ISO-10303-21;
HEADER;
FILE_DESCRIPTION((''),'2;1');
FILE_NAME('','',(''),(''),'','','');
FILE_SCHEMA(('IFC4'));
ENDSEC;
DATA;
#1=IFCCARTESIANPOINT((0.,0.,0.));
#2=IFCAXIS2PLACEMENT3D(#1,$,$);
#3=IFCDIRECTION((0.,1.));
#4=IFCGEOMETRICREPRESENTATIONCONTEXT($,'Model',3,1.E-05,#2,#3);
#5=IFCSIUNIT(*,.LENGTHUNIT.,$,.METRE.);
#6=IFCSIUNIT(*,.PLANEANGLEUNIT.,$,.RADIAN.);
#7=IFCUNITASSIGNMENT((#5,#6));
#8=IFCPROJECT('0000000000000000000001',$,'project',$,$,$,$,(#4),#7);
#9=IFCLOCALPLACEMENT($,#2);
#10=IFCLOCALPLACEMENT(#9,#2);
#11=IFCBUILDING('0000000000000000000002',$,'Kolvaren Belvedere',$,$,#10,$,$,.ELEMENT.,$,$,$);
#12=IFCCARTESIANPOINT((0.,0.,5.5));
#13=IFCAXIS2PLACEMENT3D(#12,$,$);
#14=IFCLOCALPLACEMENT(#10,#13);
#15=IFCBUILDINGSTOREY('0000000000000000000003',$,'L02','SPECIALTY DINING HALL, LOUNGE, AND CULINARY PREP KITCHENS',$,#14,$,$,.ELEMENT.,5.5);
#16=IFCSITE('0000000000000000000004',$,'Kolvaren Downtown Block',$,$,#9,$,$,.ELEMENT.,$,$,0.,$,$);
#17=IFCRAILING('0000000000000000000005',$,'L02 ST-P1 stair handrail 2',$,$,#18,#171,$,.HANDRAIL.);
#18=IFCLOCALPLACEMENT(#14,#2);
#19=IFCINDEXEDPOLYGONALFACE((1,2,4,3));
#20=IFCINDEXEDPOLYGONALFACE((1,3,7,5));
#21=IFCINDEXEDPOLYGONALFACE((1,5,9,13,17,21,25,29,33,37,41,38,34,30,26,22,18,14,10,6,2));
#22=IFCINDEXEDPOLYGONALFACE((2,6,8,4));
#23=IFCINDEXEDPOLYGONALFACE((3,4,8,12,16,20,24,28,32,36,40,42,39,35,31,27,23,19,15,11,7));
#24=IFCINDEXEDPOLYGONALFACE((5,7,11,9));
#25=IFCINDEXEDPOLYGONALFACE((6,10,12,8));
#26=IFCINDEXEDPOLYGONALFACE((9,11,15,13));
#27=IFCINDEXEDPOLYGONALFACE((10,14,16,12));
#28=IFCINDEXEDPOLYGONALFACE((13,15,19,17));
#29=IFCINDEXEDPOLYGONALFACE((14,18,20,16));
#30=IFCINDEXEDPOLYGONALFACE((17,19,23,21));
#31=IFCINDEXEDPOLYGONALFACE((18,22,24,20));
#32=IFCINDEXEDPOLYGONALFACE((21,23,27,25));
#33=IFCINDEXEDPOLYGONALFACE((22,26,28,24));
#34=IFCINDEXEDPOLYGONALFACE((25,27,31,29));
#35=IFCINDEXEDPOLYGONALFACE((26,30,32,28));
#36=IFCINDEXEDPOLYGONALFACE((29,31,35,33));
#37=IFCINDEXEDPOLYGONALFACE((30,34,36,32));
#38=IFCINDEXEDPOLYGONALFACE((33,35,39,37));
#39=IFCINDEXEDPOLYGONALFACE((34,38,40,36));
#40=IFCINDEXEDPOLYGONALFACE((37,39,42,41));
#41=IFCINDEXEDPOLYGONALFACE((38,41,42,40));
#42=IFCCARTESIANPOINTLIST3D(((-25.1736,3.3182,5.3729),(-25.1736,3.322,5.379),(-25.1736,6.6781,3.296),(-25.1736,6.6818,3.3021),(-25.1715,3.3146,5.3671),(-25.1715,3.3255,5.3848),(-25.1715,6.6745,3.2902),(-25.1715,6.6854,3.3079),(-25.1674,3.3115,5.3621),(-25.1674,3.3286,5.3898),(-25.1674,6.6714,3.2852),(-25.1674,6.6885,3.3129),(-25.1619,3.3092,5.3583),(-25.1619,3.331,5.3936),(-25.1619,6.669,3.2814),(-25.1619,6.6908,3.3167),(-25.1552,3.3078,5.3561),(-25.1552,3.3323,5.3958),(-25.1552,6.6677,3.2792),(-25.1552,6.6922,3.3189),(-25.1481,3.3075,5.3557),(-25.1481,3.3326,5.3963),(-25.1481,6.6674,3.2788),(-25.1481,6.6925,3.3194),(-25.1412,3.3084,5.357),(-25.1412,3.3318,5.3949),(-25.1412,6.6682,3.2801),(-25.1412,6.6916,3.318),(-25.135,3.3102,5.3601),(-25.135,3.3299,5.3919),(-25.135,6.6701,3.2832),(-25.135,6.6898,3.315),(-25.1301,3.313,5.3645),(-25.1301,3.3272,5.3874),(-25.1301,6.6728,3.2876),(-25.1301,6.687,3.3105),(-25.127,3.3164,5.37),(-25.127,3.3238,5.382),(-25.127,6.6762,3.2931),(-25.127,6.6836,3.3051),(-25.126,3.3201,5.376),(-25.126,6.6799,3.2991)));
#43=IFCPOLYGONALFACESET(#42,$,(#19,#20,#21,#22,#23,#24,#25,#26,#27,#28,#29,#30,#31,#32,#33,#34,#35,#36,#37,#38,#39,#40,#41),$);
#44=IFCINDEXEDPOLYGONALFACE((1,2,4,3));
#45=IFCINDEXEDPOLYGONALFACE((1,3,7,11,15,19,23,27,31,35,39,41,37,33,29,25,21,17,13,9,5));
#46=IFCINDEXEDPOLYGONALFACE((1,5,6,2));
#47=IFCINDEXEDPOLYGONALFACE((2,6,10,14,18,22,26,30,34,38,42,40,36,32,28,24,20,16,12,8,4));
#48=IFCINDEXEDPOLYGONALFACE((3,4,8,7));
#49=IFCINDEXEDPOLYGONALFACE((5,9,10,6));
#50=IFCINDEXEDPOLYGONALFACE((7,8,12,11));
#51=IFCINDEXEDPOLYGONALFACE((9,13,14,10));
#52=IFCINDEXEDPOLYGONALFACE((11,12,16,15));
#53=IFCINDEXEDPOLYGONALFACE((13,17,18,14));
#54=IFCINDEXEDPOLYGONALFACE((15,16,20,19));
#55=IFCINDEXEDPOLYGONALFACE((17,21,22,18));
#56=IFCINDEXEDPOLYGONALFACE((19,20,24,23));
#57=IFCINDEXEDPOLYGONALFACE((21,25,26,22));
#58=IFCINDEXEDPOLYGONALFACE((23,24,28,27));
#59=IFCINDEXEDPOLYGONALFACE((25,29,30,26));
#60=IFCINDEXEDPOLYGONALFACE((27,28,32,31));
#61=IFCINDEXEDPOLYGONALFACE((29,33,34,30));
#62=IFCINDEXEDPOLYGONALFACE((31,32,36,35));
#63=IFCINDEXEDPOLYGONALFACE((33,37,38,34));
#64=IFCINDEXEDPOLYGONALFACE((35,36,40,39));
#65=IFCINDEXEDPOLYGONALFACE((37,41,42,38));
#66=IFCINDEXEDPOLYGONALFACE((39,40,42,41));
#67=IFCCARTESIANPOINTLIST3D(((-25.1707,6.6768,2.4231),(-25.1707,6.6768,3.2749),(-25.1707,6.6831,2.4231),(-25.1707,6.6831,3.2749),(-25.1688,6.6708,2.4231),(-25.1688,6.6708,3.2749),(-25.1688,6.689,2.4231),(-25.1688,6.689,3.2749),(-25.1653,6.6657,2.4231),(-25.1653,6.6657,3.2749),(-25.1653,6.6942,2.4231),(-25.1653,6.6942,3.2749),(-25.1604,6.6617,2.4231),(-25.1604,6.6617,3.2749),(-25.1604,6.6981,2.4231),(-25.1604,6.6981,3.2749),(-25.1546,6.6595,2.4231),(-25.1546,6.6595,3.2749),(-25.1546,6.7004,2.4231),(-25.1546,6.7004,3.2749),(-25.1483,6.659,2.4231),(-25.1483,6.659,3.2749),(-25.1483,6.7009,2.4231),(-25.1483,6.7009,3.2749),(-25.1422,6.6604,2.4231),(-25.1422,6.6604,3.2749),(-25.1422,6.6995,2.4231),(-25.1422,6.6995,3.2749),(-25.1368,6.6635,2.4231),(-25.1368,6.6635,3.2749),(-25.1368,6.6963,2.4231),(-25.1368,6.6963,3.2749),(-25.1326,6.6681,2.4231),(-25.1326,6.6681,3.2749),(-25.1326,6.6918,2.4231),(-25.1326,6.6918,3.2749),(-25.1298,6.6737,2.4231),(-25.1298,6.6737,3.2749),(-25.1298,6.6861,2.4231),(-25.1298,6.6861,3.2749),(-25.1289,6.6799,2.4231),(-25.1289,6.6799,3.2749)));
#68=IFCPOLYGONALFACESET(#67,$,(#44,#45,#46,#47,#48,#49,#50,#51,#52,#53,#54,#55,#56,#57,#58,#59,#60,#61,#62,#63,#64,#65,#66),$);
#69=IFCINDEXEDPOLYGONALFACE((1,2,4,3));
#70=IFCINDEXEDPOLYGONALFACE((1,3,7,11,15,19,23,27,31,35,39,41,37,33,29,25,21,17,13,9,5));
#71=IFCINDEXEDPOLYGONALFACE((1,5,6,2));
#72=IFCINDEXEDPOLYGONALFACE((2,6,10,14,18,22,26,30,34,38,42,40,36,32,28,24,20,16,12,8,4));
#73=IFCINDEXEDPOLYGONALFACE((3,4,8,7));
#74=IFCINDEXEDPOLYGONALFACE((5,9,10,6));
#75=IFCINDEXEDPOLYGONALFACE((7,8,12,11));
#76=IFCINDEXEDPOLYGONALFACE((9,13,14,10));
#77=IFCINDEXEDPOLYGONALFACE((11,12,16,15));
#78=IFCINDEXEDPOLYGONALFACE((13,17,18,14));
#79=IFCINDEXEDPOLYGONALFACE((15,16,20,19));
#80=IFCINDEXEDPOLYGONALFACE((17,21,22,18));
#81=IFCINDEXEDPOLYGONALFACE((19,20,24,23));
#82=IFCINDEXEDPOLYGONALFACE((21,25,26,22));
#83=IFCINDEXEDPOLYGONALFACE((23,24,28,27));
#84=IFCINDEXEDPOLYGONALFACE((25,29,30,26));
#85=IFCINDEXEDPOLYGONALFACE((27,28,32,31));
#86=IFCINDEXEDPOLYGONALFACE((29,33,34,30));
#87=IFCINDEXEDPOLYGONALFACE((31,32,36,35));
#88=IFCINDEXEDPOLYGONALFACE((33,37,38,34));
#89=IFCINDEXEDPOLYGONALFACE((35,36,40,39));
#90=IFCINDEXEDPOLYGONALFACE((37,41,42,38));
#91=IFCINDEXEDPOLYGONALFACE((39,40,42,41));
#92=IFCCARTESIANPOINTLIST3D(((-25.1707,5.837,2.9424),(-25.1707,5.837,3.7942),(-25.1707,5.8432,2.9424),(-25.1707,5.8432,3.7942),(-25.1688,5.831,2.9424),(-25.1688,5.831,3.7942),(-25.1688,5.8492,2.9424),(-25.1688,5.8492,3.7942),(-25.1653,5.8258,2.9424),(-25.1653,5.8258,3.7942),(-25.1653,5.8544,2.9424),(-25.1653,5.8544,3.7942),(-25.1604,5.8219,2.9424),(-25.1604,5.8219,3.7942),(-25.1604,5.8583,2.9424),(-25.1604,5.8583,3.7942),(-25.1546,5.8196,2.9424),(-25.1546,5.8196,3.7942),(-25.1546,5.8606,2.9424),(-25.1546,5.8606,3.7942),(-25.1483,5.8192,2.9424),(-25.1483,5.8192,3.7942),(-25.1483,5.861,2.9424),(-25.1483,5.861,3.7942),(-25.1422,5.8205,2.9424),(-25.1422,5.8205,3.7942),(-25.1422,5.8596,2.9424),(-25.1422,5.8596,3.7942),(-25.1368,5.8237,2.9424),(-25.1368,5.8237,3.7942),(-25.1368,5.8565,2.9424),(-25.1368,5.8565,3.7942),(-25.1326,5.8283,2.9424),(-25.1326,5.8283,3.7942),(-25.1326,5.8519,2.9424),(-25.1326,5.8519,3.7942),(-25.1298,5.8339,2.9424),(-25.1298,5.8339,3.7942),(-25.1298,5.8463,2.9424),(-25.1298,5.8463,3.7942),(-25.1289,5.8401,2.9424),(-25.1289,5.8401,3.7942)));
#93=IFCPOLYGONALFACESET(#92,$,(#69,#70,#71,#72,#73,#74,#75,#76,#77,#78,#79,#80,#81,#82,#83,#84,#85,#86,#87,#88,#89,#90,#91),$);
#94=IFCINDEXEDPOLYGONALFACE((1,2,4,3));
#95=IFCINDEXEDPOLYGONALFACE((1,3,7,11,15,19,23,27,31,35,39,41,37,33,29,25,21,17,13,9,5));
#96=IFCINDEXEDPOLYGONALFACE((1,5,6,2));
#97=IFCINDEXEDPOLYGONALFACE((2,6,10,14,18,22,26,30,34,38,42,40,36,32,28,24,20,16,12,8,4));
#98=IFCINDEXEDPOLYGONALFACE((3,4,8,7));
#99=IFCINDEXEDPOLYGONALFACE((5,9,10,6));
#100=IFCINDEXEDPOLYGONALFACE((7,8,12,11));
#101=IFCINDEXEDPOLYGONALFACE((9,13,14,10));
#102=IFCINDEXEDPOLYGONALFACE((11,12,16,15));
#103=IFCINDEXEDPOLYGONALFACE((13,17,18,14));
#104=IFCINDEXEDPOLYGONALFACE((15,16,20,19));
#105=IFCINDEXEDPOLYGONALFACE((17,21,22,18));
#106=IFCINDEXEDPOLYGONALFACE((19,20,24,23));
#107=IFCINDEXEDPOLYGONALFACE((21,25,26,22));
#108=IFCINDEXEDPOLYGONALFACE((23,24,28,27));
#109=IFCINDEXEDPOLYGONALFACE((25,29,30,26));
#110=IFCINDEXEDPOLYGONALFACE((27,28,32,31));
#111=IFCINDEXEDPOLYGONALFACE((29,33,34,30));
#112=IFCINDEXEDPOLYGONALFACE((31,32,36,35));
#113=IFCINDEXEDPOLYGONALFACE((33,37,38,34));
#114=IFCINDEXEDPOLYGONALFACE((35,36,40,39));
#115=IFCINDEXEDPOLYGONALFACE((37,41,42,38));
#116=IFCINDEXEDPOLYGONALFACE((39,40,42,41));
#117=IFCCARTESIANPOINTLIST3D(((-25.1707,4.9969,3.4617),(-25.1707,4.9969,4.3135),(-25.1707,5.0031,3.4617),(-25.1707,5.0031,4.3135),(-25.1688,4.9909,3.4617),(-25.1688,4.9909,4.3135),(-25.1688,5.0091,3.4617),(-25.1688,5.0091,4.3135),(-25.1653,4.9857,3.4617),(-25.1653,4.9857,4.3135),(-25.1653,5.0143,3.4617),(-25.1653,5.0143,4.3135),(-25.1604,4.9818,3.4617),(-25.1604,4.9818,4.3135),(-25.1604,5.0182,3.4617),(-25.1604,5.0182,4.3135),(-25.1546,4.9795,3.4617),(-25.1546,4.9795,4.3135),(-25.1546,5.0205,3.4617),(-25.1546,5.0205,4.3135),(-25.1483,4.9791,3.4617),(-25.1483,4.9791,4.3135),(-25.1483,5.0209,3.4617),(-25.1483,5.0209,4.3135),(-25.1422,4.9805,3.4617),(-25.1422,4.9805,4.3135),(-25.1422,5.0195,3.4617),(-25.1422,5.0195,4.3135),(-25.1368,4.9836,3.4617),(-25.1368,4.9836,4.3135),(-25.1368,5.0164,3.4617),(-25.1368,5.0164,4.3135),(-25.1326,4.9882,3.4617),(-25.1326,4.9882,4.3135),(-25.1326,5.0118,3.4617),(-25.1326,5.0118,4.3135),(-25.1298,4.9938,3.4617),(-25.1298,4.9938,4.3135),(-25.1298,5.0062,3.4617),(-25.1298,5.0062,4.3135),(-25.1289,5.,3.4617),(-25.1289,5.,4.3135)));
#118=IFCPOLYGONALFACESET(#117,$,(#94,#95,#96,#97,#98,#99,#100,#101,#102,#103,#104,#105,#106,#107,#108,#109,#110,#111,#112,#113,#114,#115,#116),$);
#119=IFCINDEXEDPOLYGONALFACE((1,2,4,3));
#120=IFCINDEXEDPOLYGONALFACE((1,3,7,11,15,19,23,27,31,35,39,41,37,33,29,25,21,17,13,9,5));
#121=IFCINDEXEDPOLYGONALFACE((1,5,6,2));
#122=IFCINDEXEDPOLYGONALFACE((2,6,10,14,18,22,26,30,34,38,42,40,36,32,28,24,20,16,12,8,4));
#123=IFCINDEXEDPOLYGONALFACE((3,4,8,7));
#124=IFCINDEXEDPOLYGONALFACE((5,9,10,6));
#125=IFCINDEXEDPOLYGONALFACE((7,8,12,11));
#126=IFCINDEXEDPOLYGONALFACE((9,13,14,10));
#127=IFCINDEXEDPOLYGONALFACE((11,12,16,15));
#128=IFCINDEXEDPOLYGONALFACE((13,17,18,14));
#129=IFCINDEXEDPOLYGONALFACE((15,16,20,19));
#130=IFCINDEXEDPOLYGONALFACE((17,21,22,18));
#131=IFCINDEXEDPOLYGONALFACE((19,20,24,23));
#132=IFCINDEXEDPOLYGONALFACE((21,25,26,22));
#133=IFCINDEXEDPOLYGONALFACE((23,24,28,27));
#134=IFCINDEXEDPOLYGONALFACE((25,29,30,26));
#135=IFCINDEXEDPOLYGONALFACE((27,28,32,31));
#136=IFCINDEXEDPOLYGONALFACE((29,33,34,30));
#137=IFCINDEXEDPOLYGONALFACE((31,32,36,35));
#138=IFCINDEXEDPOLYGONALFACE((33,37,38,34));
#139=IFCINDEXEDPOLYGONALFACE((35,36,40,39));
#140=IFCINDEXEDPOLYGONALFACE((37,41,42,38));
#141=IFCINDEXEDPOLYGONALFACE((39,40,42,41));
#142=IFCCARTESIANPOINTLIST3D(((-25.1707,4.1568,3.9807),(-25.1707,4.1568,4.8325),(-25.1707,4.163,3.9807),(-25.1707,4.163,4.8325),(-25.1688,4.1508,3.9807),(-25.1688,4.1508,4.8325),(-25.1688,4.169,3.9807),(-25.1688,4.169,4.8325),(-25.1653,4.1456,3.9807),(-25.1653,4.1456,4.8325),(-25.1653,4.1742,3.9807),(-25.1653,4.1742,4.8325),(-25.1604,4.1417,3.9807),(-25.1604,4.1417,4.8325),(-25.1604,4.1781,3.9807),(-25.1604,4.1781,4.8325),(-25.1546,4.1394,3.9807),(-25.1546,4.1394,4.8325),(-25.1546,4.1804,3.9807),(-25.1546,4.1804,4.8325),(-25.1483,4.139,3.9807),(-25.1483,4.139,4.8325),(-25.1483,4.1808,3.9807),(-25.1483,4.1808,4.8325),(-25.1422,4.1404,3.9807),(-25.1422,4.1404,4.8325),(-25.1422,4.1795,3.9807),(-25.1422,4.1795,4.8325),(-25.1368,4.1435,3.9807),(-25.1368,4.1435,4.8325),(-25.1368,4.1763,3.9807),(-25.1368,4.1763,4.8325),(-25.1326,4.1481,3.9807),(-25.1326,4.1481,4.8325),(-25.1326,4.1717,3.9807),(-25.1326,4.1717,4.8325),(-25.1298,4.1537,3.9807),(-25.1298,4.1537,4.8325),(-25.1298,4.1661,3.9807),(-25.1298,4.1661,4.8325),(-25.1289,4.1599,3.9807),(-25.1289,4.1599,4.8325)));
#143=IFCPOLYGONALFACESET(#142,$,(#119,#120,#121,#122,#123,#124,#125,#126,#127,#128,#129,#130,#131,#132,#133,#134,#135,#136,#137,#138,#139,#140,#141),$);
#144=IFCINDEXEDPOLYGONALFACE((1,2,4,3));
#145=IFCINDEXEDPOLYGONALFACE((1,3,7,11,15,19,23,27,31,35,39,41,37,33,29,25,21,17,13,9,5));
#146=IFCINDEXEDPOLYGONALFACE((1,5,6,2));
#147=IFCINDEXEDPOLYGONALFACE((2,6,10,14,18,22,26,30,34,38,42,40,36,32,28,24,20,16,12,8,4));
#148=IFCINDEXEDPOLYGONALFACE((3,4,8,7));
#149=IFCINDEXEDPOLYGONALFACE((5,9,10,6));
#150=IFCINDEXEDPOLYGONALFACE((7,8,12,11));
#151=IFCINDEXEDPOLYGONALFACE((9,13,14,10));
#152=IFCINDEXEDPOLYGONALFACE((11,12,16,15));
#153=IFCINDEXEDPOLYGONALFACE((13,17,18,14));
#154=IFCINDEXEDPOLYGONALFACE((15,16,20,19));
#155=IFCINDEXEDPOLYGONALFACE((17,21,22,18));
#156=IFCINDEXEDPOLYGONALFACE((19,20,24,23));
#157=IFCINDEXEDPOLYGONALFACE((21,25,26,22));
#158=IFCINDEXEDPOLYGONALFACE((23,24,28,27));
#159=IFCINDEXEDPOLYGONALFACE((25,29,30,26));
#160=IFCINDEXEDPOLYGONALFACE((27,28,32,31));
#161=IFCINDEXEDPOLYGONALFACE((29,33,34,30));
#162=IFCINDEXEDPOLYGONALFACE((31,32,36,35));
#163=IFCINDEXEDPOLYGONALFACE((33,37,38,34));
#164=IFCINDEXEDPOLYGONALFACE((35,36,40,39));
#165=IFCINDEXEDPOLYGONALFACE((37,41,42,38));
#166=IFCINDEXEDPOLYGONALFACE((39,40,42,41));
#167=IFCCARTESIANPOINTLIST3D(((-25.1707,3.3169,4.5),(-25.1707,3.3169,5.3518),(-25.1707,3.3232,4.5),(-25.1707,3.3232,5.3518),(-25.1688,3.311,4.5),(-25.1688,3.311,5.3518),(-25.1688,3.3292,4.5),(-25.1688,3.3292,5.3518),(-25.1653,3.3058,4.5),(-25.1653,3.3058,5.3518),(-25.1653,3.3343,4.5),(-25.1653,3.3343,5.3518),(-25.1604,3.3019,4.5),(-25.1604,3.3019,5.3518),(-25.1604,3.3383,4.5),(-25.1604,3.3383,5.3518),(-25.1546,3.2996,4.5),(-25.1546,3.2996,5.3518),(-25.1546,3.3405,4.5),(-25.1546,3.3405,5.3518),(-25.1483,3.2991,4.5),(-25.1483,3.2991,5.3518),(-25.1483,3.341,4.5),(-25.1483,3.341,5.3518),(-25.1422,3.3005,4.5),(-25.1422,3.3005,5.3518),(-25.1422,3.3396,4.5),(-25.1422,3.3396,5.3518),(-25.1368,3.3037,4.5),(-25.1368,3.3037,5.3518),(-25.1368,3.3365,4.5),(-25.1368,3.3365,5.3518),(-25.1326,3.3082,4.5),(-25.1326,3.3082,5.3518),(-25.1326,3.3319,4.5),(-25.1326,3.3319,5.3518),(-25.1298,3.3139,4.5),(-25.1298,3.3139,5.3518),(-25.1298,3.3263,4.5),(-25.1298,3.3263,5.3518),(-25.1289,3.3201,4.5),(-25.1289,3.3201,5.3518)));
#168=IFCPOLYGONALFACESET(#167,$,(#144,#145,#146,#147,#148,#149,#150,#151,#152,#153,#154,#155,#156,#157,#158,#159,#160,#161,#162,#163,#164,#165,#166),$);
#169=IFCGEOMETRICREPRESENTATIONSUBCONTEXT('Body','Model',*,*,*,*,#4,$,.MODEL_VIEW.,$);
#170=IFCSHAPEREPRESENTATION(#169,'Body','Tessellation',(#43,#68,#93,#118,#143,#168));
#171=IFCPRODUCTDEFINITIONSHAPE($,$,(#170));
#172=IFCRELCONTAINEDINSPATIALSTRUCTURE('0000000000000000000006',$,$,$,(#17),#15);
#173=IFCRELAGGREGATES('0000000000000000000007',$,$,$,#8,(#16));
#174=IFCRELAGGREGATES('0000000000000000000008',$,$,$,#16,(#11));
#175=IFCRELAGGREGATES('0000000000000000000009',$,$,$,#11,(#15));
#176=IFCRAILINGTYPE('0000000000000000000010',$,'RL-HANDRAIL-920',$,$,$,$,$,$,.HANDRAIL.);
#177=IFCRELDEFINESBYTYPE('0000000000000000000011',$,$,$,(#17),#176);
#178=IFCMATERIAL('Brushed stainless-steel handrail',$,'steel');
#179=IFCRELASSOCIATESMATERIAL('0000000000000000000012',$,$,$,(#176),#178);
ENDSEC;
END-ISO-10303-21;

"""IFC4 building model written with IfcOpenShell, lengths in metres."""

from ifc_helpers import new_model, si_unit, direction, frame, origin, origin_2d, place, context, subcontext, project, spatial, circle, extrude, material, type_object, element, save


model = new_model("IFC4")

# Units and contexts
model_context = context("Model", 3, precision=1e-05, world=origin(), true_north=direction((0.0, 1.0)))
body_context = subcontext(model_context, "Body", "Model", "MODEL_VIEW")
ifc_project = project(units=[si_unit("LENGTHUNIT", "METRE"), si_unit("PLANEANGLEUNIT", "RADIAN")], contexts=[model_context])

# Site, building, storey
site_placement = place(None, origin())
site = spatial("IfcSite", under=ifc_project, at=site_placement, Name="Kolvaren Downtown Block", CompositionType="ELEMENT", RefElevation=0.0)
building_placement = place(site_placement, origin())
building = spatial("IfcBuilding", under=site, at=building_placement, Name="Kolvaren Belvedere", CompositionType="ELEMENT")
storey_placement = place(building_placement, frame((0.0, 0.0, 5.5)))
storey = spatial("IfcBuildingStorey", under=building, at=storey_placement, Name="L02", Description="SPECIALTY DINING HALL, LOUNGE, AND CULINARY PREP KITCHENS", CompositionType="ELEMENT", Elevation=5.5)

# Railing
ifc_material_1 = material(Name="Brushed stainless-steel handrail", Category="steel")
railing_type_1 = type_object("IfcRailingType", Name="RL-HANDRAIL-920", PredefinedType="HANDRAIL", material=ifc_material_1)
railing_1_placement = place(storey_placement, frame((-25.1499, 6.6799, 2.4231)))
element("IfcRailing", 1, at=railing_1_placement, inside=storey, type_object=railing_type_1, Name="L02 ST-P1 stair handrail 2", PredefinedType="HANDRAIL", context=body_context, shape_type="SweptSolid", body=[
    extrude(circle(Radius=0.0239, at=origin_2d()), frame((0.0, 0.0, 0.876), z_axis=(0.0, -0.850606, 0.525803), x_axis=(1.0, 0.0, 0.0)), (0.0, 0.0, 1.0), 3.95),
    extrude(circle(Radius=0.021, at=origin_2d()), origin(), (0.0, 0.0, 1.0), 0.8518),
    extrude(circle(Radius=0.021, at=origin_2d()), frame((0.0, -0.8398, 0.5193)), (0.0, 0.0, 1.0), 0.8518),
    extrude(circle(Radius=0.021, at=origin_2d()), frame((0.0, -1.6799, 1.0386)), (0.0, 0.0, 1.0), 0.8518),
    extrude(circle(Radius=0.021, at=origin_2d()), frame((0.0, -2.52, 1.5576)), (0.0, 0.0, 1.0), 0.8518),
    extrude(circle(Radius=0.021, at=origin_2d()), frame((0.0, -3.3599, 2.0769)), (0.0, 0.0, 1.0), 0.8518),
])

save(model, "model.ifc")
